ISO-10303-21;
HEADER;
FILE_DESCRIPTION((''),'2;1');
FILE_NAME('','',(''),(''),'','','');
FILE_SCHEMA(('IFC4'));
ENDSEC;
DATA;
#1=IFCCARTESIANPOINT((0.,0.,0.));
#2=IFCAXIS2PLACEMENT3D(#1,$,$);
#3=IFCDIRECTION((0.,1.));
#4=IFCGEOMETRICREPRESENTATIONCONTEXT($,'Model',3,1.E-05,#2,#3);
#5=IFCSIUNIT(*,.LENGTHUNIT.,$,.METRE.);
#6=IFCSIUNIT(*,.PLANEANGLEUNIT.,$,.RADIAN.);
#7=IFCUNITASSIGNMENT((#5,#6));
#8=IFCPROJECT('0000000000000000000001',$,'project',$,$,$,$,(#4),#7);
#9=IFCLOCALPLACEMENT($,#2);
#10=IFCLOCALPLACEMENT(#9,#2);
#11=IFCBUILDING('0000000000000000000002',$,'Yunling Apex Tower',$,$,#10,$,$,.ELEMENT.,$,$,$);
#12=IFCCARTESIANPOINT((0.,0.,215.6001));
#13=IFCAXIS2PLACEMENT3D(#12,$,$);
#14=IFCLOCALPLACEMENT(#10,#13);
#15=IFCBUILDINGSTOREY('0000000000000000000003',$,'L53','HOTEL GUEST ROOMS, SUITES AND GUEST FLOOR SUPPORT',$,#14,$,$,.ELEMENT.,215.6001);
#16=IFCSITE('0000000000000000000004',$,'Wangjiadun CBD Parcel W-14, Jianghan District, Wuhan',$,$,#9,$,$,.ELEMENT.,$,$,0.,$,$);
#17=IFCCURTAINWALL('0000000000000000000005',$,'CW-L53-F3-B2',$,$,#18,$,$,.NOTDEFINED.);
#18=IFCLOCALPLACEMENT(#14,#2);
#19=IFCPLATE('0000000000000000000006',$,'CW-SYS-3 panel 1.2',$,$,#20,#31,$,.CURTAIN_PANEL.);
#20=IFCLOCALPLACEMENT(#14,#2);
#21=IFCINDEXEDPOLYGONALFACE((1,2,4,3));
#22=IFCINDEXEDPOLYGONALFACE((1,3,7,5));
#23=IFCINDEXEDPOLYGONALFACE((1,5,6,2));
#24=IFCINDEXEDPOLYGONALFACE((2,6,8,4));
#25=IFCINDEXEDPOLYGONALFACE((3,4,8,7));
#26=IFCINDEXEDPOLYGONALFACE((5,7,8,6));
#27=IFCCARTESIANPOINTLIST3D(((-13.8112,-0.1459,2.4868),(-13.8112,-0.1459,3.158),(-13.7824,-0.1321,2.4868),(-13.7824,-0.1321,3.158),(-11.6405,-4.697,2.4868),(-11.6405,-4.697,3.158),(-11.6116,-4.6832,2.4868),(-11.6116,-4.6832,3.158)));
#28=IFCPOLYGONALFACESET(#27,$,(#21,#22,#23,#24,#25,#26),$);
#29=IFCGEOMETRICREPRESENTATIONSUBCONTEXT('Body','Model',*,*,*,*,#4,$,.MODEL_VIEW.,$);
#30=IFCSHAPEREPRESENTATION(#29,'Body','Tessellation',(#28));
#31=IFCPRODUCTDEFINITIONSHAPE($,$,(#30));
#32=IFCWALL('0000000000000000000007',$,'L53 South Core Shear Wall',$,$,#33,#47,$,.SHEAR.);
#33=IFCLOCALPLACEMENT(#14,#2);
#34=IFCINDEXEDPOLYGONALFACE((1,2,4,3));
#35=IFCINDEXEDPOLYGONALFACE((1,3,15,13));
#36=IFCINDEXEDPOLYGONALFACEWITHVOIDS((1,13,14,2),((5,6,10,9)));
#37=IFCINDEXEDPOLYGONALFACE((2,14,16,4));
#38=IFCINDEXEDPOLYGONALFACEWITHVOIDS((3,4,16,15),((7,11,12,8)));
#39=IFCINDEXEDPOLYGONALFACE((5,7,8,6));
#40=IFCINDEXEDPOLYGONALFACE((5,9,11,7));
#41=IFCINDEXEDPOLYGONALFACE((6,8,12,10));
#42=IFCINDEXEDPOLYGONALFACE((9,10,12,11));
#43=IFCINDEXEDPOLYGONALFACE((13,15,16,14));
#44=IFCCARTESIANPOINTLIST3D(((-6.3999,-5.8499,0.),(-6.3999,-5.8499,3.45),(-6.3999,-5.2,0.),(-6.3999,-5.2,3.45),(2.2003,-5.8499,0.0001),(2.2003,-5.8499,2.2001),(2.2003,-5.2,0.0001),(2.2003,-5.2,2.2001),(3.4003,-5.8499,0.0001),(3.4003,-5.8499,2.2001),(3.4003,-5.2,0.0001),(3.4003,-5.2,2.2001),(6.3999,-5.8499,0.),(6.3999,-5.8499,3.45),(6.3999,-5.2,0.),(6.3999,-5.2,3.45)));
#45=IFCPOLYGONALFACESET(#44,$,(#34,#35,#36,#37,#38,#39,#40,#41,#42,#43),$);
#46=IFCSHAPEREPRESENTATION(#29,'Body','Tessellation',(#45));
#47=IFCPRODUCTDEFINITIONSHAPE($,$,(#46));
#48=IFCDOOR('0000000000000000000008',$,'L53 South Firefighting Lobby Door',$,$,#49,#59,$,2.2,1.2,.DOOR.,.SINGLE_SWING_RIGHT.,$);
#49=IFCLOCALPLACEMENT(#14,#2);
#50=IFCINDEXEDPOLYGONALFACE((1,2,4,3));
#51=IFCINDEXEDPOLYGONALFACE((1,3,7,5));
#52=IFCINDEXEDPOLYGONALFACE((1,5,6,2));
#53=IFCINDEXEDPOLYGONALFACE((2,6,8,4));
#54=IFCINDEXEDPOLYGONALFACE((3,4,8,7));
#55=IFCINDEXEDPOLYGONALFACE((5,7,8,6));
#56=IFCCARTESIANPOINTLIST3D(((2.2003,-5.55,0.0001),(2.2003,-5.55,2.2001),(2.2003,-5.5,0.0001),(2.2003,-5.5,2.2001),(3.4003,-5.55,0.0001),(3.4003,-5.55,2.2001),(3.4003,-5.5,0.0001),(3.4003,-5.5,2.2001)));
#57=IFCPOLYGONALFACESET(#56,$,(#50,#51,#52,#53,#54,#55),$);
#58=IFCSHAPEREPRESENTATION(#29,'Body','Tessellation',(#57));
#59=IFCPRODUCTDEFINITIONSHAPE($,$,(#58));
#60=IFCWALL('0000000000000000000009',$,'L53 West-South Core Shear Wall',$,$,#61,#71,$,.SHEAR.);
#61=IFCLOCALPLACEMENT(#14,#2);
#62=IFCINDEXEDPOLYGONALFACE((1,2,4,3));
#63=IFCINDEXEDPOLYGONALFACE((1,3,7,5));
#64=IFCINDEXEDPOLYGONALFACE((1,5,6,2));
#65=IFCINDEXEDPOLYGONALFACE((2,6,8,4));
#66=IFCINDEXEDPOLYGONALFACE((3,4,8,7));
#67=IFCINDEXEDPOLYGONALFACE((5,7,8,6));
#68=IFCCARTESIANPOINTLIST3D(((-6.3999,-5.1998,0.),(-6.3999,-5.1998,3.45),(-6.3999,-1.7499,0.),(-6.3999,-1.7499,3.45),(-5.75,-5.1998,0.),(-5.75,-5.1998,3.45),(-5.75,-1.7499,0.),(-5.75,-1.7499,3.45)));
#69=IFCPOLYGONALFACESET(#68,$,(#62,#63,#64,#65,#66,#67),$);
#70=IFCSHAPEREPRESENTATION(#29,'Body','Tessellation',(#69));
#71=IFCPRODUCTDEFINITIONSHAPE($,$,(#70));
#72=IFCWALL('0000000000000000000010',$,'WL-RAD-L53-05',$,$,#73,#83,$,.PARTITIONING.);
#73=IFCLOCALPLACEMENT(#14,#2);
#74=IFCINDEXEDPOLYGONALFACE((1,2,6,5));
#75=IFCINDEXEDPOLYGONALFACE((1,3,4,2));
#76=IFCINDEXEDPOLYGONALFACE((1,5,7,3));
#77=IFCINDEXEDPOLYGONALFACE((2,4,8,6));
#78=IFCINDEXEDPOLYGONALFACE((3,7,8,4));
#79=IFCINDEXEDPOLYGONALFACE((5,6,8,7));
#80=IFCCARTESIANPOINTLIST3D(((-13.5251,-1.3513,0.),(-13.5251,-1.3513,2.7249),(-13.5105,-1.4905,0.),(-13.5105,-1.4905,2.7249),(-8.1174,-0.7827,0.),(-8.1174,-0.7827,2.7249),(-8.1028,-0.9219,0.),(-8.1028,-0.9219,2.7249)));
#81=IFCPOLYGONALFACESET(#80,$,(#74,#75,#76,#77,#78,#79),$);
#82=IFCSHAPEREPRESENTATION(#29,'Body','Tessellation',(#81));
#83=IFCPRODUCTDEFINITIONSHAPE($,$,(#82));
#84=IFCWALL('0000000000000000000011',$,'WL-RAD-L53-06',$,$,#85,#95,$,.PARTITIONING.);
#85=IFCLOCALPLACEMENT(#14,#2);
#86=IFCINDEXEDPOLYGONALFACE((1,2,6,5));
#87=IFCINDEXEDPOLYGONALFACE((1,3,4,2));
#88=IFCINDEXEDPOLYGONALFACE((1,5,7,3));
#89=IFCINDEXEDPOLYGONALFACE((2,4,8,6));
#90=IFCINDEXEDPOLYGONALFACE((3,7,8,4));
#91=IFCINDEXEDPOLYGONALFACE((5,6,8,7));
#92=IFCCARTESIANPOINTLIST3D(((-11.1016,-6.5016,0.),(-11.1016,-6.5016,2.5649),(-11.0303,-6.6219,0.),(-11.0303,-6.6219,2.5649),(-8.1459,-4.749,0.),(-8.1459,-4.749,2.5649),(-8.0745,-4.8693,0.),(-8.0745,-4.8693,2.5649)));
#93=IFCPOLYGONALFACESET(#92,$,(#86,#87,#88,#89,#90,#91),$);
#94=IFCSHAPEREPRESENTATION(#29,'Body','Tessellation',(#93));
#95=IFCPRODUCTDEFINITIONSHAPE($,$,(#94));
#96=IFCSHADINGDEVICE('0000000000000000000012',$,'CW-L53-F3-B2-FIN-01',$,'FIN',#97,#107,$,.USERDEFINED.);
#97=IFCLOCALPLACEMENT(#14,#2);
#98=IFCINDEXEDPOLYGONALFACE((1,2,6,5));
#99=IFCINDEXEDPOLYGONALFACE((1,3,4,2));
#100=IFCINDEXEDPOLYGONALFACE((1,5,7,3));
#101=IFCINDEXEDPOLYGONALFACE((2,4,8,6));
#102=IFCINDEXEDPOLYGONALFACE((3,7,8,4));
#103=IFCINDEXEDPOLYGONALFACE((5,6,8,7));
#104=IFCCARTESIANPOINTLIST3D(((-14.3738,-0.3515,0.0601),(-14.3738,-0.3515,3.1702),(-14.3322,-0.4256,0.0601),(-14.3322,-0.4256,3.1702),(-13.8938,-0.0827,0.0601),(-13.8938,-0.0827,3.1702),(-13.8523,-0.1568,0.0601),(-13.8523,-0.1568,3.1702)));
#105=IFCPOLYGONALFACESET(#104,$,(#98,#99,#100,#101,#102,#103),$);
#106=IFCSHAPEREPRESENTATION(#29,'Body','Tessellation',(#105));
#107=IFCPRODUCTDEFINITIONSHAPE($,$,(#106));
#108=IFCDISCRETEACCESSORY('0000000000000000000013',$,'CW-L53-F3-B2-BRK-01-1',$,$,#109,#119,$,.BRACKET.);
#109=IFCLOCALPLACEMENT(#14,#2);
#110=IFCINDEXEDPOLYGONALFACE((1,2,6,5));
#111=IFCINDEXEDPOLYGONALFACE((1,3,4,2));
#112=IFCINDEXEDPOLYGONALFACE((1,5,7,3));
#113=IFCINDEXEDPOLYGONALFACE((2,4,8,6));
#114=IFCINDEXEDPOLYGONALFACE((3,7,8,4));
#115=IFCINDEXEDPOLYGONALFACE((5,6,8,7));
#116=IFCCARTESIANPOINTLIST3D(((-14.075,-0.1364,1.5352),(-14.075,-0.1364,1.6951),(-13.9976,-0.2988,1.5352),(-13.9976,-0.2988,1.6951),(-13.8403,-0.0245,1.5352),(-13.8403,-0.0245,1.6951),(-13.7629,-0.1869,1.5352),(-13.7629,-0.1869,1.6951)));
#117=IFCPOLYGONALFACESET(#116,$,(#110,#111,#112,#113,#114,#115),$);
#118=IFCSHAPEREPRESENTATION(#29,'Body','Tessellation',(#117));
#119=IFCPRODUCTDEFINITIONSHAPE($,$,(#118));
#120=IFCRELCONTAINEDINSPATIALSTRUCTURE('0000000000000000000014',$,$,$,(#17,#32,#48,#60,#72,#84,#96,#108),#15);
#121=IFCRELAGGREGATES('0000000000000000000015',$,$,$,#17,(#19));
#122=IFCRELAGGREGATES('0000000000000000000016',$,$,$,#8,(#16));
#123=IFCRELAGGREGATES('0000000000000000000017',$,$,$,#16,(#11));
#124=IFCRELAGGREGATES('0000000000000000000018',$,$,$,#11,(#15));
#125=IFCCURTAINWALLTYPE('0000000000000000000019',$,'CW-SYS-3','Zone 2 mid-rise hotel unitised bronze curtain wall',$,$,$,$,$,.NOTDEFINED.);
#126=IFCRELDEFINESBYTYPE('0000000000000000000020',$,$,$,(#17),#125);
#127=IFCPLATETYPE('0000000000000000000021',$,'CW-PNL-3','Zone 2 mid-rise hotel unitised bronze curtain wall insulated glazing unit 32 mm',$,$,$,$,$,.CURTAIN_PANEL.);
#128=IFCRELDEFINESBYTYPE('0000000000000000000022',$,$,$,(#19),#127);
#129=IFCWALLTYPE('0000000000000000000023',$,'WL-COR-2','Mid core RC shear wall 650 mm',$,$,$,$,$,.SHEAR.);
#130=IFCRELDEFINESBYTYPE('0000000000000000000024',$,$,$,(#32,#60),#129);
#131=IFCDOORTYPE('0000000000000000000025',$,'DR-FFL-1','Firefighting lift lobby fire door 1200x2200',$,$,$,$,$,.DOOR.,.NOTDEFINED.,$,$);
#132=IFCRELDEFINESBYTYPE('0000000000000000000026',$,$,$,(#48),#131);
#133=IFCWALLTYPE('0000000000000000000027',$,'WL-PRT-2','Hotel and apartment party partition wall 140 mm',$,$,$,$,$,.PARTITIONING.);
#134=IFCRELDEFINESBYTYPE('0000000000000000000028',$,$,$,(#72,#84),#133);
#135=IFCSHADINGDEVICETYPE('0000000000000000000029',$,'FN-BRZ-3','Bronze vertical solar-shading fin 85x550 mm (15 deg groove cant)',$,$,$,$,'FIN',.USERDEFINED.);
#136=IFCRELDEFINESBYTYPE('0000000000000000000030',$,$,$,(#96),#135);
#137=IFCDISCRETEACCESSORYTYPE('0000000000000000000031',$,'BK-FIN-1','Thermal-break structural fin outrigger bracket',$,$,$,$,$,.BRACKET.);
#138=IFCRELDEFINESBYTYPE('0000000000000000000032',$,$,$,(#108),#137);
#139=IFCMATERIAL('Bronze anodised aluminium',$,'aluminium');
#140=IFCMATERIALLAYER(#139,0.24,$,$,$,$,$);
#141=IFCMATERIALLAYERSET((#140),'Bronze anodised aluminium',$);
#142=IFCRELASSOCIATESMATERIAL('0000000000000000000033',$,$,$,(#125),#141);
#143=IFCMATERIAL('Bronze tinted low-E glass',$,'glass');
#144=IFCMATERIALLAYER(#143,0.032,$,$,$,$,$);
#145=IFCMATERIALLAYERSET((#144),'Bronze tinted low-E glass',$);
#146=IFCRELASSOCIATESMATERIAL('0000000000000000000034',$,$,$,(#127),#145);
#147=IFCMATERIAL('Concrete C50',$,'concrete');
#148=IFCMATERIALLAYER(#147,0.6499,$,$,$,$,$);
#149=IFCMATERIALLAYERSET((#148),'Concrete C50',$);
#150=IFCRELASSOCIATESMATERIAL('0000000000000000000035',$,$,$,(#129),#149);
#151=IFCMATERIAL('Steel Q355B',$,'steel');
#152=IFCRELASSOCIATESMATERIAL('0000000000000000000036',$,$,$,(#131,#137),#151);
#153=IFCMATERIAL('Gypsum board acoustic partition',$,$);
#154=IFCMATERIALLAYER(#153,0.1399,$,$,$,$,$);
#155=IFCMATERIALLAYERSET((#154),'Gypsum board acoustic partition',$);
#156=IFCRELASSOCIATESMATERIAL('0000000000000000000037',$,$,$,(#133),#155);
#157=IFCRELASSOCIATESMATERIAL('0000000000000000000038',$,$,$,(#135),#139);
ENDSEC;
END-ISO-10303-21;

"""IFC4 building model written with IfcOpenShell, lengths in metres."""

from ifc_helpers import new_model, si_unit, direction, frame, frame_2d, origin, origin_2d, place, context, subcontext, project, spatial, rectangle, extrude, source, transform, mapped, material, layer, layer_set, material_profile, profile_set, type_object, element, fill, aggregate, save


model = new_model("IFC4")

# Units and contexts
model_context = context("Model", 3, precision=1e-05, world=origin(), true_north=direction((0.0, 1.0)))
body_context = subcontext(model_context, "Body", "Model", "MODEL_VIEW")
ifc_project = project(units=[si_unit("LENGTHUNIT", "METRE"), si_unit("PLANEANGLEUNIT", "RADIAN")], contexts=[model_context])

# Site, building, storey
site_placement = place(None, origin())
site = spatial("IfcSite", under=ifc_project, at=site_placement, Name="Wangjiadun CBD Parcel W-14, Jianghan District, Wuhan", CompositionType="ELEMENT", RefElevation=0.0)
building_placement = place(site_placement, origin())
building = spatial("IfcBuilding", under=site, at=building_placement, Name="Yunling Apex Tower", CompositionType="ELEMENT")
storey_placement = place(building_placement, frame((0.0, 0.0, 215.6001)))
storey = spatial("IfcBuildingStorey", under=building, at=storey_placement, Name="L53", Description="HOTEL GUEST ROOMS, SUITES AND GUEST FLOOR SUPPORT", CompositionType="ELEMENT", Elevation=215.6001)

# Shared definitions
ifc_material_1 = material(Name="Steel Q355B", Category="steel")

# Curtain wall, plate
ifc_material_2 = material(Name="Bronze anodised aluminium", Category="aluminium")
ifc_layer_1 = layer(ifc_material_2, 0.24)
ifc_layer_set_1 = layer_set([ifc_layer_1], Name="Bronze anodised aluminium")
curtain_wall_type = type_object("IfcCurtainWallType", Name="CW-SYS-3", Description="Zone 2 mid-rise hotel unitised bronze curtain wall", PredefinedType="NOTDEFINED", material=ifc_layer_set_1)
curtain_wall_placement = place(storey_placement, origin())
curtain_wall = element("IfcCurtainWall", 1, at=curtain_wall_placement, inside=storey, type_object=curtain_wall_type, Name="CW-L53-F3-B2", PredefinedType="NOTDEFINED")
ifc_material_3 = material(Name="Bronze tinted low-E glass", Category="glass")
ifc_layer_2 = layer(ifc_material_3, 0.032)
ifc_layer_set_2 = layer_set([ifc_layer_2], Name="Bronze tinted low-E glass")
plate_type = type_object("IfcPlateType", Name="CW-PNL-3", Description="Zone 2 mid-rise hotel unitised bronze curtain wall insulated glazing unit 32 mm", PredefinedType="CURTAIN_PANEL", material=ifc_layer_set_2)
shared_shape_1 = source(origin(), body_context, "Body", "SweptSolid", [
    extrude(rectangle(XDim=5.0422, YDim=0.032, at=origin_2d()), origin(), (0.0, 0.0, 1.0), 0.6711),
])
plate_1_placement = place(storey_placement, frame((-12.7114, -2.4146, 2.4868), z_axis=(0.0, 0.0, 1.0), x_axis=(0.430516, -0.902583, 0.0)))
plate_1 = element("IfcPlate", 2, at=plate_1_placement, type_object=plate_type, Name="CW-SYS-3 panel 1.2", PredefinedType="CURTAIN_PANEL", context=body_context, shape_type="MappedRepresentation", body=[
    mapped(shared_shape_1, transform((0.0, 0.0, 0.0), scale=1.0)),
])
aggregate(curtain_wall, [plate_1])

# Wall, opening, door
ifc_material_4 = material(Name="Concrete C50", Category="concrete")
ifc_layer_3 = layer(ifc_material_4, 0.6499)
ifc_layer_set_3 = layer_set([ifc_layer_3], Name="Concrete C50")
wall_type_1 = type_object("IfcWallType", Name="WL-COR-2", Description="Mid core RC shear wall 650 mm", PredefinedType="SHEAR", material=ifc_layer_set_3)
wall_1_placement = place(storey_placement, frame((-6.3999, -5.5249, 0.0), z_axis=(0.0, 0.0, 1.0), x_axis=(1.0, 0.0, 0.0)))
wall_1 = element("IfcWall", 3, at=wall_1_placement, inside=storey, type_object=wall_type_1, Name="L53 South Core Shear Wall", PredefinedType="SHEAR", context=body_context, shape_type="SweptSolid", body=[
    extrude(rectangle(XDim=12.7998, YDim=0.6499, at=frame_2d((6.3999, 0.0))), origin(), (0.0, 0.0, 1.0), 3.45),
])
opening_placement = place(wall_1_placement, frame((8.6001, 0.0, 0.0)))
opening = element("IfcOpeningElement", 4, at=opening_placement, cuts=wall_1, PredefinedType="OPENING", context=body_context, shape_type="SweptSolid", body=[
    extrude(rectangle(XDim=1.2, YDim=2.2, at=frame_2d((0.6001, 1.1001))), frame((0.0, 0.335, 0.0), z_axis=(0.0, -1.0, 0.0), x_axis=(1.0, 0.0, 0.0)), (0.0, 0.0, 1.0), 0.6699),
])
door_type = type_object("IfcDoorType", Name="DR-FFL-1", Description="Firefighting lift lobby fire door 1200x2200", OperationType="NOTDEFINED", PredefinedType="DOOR", material=ifc_material_1)
door_placement = place(opening_placement, origin())
door = element("IfcDoor", 5, at=door_placement, inside=storey, type_object=door_type, Name="L53 South Firefighting Lobby Door", OperationType="SINGLE_SWING_RIGHT", OverallHeight=2.2, OverallWidth=1.2, PredefinedType="DOOR", context=body_context, shape_type="SweptSolid", body=[
    extrude(rectangle(XDim=1.2, YDim=2.2, at=frame_2d((0.6001, 1.1001))), frame((0.0, 0.0249, 0.0), z_axis=(0.0, -1.0, 0.0), x_axis=(1.0, 0.0, 0.0)), (0.0, 0.0, 1.0), 0.05),
])
fill(opening, door)

# Walls
wall_2_placement = place(storey_placement, frame((-6.075, -5.2, 0.0), z_axis=(0.0, 0.0, 1.0), x_axis=(0.0, 1.0, 0.0)))
element("IfcWall", 6, at=wall_2_placement, inside=storey, type_object=wall_type_1, Name="L53 West-South Core Shear Wall", PredefinedType="SHEAR", context=body_context, shape_type="SweptSolid", body=[
    extrude(rectangle(XDim=3.45, YDim=0.6499, at=frame_2d((1.7251, 0.0))), origin(), (0.0, 0.0, 1.0), 3.45),
])
ifc_material_5 = material(Name="Gypsum board acoustic partition")
ifc_layer_4 = layer(ifc_material_5, 0.1399)
ifc_layer_set_4 = layer_set([ifc_layer_4], Name="Gypsum board acoustic partition")
wall_type_2 = type_object("IfcWallType", Name="WL-PRT-2", Description="Hotel and apartment party partition wall 140 mm", PredefinedType="PARTITIONING", material=ifc_layer_set_4)
wall_3_placement = place(storey_placement, frame((-8.1101, -0.8523, 0.0), z_axis=(0.0, 0.0, 1.0), x_axis=(-0.994518, -0.10457, 0.0)))
element("IfcWall", 7, at=wall_3_placement, inside=storey, type_object=wall_type_2, Name="WL-RAD-L53-05", PredefinedType="PARTITIONING", context=body_context, shape_type="SweptSolid", body=[
    extrude(rectangle(XDim=5.4375, YDim=0.1399, at=frame_2d((2.7188, 0.0))), origin(), (0.0, 0.0, 1.0), 2.7249),
])
wall_4_placement = place(storey_placement, frame((-8.1101, -4.8091, 0.0), z_axis=(0.0, 0.0, 1.0), x_axis=(-0.860152, -0.510038, 0.0)))
element("IfcWall", 8, at=wall_4_placement, inside=storey, type_object=wall_type_2, Name="WL-RAD-L53-06", PredefinedType="PARTITIONING", context=body_context, shape_type="SweptSolid", body=[
    extrude(rectangle(XDim=3.4363, YDim=0.1399, at=frame_2d((1.7183, 0.0))), origin(), (0.0, 0.0, 1.0), 2.5649),
])

# Shading device
ifc_material_profile_1 = material_profile(ifc_material_2, rectangle(XDim=0.085, YDim=0.55, at=origin_2d()))
ifc_profile_set_1 = profile_set([ifc_material_profile_1], Name="Bronze anodised aluminium")
shading_device_type = type_object("IfcShadingDeviceType", Name="FN-BRZ-3", Description="Bronze vertical solar-shading fin 85x550 mm (15 deg groove cant)", ElementType="FIN", PredefinedType="USERDEFINED", material=ifc_profile_set_1)
shared_shape_2 = source(origin(), body_context, "Body", "SweptSolid", [
    extrude(rectangle(XDim=0.085, YDim=0.55, at=origin_2d()), origin(), (0.0, 0.0, 1.0), 3.1101),
])
shading_device_placement = place(storey_placement, frame((-14.113, -0.2542, 0.0601), z_axis=(0.0, 0.0, 1.0), x_axis=(0.488621, -0.872496, 0.0)))
element("IfcShadingDevice", 9, at=shading_device_placement, inside=storey, type_object=shading_device_type, Name="CW-L53-F3-B2-FIN-01", ObjectType="FIN", PredefinedType="USERDEFINED", context=body_context, shape_type="MappedRepresentation", body=[
    mapped(shared_shape_2, transform((0.0, 0.0, 0.0), scale=1.0)),
])

# Discrete accessory
discrete_accessory_type = type_object("IfcDiscreteAccessoryType", Name="BK-FIN-1", Description="Thermal-break structural fin outrigger bracket", PredefinedType="BRACKET", material=ifc_material_1)
shared_shape_3 = source(origin(), body_context, "Body", "SweptSolid", [
    extrude(rectangle(XDim=0.1799, YDim=0.26, at=origin_2d()), origin(), (0.0, 0.0, 1.0), 0.1599),
])
discrete_accessory_placement = place(storey_placement, frame((-13.9189, -0.1616, 1.5352), z_axis=(0.0, 0.0, 1.0), x_axis=(0.430511, -0.902585, 0.0)))
element("IfcDiscreteAccessory", 10, at=discrete_accessory_placement, inside=storey, type_object=discrete_accessory_type, Name="CW-L53-F3-B2-BRK-01-1", PredefinedType="BRACKET", context=body_context, shape_type="MappedRepresentation", body=[
    mapped(shared_shape_3, transform((0.0, 0.0, 0.0), scale=1.0)),
])

save(model, "model.ifc")
